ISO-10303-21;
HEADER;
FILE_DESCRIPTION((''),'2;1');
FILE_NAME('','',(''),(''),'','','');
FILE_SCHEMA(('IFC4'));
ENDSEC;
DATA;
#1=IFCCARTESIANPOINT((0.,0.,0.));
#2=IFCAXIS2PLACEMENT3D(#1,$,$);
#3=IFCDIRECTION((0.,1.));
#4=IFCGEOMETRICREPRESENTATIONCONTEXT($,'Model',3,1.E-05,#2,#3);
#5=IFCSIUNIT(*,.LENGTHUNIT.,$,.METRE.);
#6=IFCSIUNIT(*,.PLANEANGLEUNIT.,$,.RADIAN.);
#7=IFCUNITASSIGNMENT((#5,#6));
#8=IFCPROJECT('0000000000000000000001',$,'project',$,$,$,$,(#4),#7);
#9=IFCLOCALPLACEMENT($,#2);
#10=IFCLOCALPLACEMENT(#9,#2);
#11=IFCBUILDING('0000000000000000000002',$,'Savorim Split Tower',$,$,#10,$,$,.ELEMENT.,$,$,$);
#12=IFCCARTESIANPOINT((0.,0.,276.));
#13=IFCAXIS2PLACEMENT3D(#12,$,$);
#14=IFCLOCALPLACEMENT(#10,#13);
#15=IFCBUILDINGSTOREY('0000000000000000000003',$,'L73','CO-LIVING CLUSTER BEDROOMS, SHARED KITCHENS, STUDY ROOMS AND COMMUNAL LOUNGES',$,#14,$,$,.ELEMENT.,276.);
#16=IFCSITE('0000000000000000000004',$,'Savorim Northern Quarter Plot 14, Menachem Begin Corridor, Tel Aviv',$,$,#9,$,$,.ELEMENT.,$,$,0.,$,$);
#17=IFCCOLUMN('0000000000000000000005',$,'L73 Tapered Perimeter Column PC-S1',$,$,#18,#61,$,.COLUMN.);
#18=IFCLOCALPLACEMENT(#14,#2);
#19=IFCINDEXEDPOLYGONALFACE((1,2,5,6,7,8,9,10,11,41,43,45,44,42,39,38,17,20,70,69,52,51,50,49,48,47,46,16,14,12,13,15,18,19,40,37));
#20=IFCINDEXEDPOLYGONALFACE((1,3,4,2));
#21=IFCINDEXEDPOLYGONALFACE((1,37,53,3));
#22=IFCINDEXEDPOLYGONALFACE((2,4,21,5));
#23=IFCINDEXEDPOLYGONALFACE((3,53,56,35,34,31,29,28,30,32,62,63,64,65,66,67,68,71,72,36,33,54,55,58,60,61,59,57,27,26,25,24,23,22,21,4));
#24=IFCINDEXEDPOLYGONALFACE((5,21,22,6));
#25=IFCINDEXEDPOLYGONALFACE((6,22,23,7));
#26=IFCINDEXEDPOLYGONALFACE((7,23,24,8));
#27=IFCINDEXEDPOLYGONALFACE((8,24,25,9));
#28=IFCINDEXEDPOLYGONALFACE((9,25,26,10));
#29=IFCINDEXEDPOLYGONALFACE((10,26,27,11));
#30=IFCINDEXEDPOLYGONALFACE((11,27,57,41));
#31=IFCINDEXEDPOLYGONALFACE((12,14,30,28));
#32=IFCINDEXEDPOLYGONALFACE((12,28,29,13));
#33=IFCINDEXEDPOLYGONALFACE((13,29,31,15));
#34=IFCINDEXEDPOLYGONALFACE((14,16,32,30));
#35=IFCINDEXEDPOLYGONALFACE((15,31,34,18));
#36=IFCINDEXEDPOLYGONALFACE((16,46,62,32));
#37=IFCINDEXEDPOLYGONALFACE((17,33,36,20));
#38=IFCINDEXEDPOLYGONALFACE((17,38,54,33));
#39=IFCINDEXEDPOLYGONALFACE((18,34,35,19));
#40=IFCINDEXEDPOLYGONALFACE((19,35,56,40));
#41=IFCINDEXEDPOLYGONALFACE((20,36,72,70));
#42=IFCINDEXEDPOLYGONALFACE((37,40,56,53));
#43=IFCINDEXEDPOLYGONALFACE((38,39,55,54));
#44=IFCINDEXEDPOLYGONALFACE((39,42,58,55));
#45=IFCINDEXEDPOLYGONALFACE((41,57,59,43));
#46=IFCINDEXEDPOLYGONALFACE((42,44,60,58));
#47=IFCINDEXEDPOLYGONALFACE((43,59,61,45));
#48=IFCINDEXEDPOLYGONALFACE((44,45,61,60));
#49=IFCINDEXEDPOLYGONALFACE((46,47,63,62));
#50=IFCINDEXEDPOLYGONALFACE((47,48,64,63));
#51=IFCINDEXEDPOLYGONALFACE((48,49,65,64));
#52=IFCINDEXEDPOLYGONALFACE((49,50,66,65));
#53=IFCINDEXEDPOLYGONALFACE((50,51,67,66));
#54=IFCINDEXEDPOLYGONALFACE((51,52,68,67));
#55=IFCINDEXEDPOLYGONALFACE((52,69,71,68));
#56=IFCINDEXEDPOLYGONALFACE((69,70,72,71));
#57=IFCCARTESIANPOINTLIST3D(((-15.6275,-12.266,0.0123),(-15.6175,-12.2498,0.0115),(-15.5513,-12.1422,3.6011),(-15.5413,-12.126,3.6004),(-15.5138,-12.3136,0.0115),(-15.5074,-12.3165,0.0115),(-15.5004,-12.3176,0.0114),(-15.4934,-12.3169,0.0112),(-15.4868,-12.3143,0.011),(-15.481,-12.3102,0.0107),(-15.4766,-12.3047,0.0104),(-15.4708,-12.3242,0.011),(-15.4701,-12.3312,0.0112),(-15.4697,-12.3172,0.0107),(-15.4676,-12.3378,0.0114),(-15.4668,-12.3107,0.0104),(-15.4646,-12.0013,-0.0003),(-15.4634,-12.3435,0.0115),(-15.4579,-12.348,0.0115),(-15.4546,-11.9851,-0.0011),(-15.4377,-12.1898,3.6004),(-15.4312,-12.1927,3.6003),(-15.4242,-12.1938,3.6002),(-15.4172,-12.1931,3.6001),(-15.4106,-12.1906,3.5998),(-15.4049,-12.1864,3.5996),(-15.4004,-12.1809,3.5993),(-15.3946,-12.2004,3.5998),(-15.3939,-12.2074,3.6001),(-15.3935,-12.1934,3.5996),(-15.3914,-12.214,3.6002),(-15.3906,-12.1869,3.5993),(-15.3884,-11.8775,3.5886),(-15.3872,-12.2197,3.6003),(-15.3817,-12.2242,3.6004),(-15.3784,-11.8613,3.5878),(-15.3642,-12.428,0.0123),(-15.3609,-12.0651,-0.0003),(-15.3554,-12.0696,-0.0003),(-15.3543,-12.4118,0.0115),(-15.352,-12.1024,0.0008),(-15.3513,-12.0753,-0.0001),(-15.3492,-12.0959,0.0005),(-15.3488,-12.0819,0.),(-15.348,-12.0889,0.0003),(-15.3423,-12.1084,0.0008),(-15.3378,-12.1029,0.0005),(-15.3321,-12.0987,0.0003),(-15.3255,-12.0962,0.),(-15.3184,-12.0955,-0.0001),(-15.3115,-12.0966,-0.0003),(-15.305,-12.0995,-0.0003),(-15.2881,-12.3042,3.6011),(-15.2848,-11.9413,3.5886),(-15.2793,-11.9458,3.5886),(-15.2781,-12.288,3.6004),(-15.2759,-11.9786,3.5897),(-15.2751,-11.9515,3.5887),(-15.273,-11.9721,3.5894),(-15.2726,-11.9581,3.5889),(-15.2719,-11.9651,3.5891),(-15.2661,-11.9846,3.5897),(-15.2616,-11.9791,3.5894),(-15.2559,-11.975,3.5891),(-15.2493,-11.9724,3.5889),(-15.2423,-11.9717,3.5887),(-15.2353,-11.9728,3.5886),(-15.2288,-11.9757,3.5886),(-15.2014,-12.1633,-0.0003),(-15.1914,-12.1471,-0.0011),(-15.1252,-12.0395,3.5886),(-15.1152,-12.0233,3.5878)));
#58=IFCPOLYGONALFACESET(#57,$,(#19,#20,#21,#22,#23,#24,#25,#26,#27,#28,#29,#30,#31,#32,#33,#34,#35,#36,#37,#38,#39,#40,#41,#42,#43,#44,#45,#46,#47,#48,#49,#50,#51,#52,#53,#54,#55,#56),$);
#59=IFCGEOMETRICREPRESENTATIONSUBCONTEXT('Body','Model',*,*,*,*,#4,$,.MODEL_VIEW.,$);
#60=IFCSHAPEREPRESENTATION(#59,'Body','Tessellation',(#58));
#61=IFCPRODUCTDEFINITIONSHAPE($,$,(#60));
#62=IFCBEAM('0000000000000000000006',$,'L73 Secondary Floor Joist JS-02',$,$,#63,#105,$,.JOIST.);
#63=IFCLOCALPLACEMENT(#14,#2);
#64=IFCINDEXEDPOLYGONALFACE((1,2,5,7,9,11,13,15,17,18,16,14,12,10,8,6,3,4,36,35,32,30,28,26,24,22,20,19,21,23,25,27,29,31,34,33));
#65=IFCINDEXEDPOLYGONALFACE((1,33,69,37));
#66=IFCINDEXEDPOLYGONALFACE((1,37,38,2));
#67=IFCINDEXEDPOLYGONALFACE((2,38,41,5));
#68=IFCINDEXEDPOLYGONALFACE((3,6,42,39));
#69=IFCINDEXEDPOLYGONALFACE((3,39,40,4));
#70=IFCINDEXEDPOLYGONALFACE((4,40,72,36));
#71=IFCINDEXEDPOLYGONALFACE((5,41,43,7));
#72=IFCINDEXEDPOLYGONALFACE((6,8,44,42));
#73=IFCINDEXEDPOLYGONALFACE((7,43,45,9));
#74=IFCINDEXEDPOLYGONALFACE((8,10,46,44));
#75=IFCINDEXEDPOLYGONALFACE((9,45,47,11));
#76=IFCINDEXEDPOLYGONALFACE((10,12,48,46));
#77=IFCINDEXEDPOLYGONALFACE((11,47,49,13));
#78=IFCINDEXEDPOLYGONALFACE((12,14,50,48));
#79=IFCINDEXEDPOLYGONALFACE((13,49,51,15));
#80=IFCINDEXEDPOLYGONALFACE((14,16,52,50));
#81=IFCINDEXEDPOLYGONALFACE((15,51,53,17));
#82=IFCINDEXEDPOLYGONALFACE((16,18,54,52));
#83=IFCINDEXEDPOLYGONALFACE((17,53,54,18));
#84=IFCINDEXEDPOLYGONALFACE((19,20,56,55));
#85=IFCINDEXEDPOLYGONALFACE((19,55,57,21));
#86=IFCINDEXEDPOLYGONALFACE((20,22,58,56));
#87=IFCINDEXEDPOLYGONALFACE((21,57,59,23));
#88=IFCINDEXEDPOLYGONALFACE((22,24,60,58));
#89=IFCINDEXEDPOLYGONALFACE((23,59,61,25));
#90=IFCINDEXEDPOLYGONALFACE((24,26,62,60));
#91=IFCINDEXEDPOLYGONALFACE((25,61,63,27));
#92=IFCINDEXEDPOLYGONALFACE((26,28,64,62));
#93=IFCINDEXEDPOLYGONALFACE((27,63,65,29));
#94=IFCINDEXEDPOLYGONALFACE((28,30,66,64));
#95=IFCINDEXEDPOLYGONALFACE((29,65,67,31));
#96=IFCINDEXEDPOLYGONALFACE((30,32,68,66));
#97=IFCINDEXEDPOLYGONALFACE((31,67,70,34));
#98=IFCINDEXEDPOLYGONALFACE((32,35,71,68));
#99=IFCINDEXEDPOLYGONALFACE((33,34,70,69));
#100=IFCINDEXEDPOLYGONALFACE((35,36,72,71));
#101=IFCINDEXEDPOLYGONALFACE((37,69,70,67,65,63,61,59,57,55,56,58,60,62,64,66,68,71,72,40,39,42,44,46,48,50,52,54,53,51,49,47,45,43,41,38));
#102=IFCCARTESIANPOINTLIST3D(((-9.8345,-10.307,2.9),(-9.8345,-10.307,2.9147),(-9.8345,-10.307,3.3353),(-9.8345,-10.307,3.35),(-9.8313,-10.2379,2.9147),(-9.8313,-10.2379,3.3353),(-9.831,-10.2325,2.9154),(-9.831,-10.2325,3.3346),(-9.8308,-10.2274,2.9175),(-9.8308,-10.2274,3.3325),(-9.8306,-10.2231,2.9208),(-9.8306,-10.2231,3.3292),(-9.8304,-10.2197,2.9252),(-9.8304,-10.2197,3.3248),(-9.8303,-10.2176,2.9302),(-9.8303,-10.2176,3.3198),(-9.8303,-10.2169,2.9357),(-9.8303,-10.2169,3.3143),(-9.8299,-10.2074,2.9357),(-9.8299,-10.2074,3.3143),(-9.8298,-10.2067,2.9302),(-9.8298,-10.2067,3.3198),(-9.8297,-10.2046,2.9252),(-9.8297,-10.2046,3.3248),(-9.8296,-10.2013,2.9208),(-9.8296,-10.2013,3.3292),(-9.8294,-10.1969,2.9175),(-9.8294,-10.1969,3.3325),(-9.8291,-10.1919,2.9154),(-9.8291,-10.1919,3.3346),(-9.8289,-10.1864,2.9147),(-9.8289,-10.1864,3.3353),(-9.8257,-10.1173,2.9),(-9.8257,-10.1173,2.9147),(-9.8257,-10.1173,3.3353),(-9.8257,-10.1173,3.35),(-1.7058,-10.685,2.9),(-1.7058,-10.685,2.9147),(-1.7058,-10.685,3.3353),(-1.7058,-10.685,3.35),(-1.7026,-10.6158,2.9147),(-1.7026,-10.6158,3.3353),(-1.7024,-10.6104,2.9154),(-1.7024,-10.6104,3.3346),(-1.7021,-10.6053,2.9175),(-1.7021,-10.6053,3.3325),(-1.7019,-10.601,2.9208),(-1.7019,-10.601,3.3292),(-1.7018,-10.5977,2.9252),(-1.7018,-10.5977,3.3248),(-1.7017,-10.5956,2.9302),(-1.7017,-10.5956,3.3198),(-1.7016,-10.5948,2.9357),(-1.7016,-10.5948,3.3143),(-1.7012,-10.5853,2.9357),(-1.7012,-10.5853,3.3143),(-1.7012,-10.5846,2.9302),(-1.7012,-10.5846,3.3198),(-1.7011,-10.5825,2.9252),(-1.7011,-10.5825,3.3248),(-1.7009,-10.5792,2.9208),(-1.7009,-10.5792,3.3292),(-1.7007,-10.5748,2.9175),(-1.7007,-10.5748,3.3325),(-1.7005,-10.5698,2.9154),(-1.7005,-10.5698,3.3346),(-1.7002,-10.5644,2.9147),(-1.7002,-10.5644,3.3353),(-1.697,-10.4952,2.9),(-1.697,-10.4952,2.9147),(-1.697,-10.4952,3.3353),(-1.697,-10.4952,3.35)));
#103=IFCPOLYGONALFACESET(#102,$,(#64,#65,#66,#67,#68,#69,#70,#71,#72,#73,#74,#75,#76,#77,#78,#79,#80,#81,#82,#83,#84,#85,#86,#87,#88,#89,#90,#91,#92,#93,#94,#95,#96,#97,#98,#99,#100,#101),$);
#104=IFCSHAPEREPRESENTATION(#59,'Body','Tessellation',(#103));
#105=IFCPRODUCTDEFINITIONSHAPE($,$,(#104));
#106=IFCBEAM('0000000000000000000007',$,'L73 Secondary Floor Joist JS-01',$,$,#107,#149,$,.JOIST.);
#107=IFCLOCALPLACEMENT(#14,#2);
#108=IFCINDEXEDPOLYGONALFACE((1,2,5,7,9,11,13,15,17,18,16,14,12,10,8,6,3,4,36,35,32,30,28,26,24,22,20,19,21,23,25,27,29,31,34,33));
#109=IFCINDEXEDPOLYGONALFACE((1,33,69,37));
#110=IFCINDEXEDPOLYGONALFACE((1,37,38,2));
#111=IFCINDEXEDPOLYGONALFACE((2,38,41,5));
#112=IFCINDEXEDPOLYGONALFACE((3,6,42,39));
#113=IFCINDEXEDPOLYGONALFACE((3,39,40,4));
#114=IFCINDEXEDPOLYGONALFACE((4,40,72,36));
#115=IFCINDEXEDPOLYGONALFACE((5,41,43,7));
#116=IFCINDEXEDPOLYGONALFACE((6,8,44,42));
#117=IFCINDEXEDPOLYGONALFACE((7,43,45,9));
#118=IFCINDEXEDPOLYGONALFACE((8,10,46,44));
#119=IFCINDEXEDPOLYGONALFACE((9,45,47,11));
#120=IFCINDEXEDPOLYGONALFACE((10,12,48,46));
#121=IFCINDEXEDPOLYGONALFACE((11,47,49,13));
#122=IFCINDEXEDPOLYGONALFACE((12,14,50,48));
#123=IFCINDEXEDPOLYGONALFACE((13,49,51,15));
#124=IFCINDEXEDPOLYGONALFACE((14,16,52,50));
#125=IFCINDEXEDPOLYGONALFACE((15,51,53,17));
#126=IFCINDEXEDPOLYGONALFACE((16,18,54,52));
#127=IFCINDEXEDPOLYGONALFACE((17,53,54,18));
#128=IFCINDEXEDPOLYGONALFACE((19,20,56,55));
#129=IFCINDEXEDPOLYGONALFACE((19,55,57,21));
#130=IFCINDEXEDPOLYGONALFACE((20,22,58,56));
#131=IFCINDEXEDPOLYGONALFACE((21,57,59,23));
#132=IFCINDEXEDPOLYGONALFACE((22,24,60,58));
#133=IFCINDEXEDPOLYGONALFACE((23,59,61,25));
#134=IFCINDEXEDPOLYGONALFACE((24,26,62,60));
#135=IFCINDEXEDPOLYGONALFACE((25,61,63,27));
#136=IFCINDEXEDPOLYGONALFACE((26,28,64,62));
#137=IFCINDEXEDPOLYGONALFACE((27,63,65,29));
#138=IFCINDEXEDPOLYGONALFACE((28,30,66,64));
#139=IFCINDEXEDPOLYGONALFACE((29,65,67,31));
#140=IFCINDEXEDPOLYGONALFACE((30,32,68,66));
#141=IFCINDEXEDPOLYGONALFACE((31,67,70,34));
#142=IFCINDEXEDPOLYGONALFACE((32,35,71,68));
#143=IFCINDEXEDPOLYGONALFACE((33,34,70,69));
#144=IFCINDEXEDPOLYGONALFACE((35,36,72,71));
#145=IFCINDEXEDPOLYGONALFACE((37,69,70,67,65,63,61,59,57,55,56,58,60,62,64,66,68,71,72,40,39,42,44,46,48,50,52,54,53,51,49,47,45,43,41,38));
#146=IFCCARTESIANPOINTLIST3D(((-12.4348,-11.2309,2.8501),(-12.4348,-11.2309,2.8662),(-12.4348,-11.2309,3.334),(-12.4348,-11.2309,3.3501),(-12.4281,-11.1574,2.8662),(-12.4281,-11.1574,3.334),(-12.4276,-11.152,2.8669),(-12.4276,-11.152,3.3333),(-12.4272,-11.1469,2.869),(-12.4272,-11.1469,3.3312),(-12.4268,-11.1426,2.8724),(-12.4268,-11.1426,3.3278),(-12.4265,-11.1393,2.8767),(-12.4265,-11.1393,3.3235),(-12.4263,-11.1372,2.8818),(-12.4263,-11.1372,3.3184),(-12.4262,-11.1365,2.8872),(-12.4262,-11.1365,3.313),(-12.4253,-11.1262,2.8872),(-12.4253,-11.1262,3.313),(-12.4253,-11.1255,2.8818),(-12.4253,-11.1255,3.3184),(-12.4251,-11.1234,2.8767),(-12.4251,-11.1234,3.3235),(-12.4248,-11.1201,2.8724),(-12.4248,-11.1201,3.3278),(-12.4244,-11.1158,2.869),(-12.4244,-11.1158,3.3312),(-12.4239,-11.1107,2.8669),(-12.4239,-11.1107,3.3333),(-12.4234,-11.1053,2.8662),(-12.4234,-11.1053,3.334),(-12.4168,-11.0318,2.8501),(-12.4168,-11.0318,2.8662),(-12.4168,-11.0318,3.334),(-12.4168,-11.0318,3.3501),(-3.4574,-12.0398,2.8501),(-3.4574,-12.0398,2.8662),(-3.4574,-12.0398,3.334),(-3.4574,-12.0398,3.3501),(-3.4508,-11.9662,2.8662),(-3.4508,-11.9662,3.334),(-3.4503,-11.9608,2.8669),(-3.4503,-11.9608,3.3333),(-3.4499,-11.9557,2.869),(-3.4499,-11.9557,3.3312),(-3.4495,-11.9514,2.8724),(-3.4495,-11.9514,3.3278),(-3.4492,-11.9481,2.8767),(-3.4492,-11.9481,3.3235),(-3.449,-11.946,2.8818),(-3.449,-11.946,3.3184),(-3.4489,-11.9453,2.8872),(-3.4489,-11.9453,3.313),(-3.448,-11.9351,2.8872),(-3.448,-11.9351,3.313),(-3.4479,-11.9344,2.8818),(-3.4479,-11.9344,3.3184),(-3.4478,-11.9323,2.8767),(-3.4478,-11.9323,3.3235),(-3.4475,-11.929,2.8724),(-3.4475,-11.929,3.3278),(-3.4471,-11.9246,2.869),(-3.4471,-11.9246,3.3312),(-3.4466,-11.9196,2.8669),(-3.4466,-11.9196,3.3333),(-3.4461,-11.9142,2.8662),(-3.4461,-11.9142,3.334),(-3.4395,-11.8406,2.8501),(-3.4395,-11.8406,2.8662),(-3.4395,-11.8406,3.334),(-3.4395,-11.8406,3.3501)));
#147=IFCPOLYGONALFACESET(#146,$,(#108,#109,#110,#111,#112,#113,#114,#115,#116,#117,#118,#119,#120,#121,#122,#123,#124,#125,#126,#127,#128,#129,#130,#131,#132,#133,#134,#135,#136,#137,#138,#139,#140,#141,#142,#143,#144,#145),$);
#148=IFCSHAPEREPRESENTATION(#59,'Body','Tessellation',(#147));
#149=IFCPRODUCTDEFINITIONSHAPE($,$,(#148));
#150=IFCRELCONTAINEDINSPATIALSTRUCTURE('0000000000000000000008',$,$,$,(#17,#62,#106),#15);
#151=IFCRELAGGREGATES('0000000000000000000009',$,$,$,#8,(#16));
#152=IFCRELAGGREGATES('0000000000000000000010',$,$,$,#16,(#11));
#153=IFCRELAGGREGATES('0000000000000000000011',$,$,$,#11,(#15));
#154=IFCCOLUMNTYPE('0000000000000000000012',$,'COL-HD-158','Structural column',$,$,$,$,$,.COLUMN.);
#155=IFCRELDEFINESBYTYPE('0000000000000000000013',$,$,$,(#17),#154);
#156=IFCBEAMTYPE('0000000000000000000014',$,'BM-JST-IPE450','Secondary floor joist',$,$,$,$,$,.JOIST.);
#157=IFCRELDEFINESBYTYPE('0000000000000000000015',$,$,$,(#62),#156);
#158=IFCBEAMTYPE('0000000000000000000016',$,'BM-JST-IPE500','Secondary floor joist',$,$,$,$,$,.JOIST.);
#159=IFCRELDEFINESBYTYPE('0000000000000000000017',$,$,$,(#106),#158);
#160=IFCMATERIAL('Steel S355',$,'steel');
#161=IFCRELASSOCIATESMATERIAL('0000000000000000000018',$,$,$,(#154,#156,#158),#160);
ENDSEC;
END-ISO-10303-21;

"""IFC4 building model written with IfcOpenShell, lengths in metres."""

from ifc_helpers import new_model, si_unit, direction, frame, origin, origin_2d, place, context, subcontext, project, spatial, i_section, extrude, material, material_profile, profile_set, type_object, element, save


model = new_model("IFC4")

# Units and contexts
model_context = context("Model", 3, precision=1e-05, world=origin(), true_north=direction((0.0, 1.0)))
body_context = subcontext(model_context, "Body", "Model", "MODEL_VIEW")
ifc_project = project(units=[si_unit("LENGTHUNIT", "METRE"), si_unit("PLANEANGLEUNIT", "RADIAN")], contexts=[model_context])

# Site, building, storey
site_placement = place(None, origin())
site = spatial("IfcSite", under=ifc_project, at=site_placement, Name="Savorim Northern Quarter Plot 14, Menachem Begin Corridor, Tel Aviv", CompositionType="ELEMENT", RefElevation=0.0)
building_placement = place(site_placement, origin())
building = spatial("IfcBuilding", under=site, at=building_placement, Name="Savorim Split Tower", CompositionType="ELEMENT")
storey_placement = place(building_placement, frame((0.0, 0.0, 276.0)))
storey = spatial("IfcBuildingStorey", under=building, at=storey_placement, Name="L73", Description="CO-LIVING CLUSTER BEDROOMS, SHARED KITCHENS, STUDY ROOMS AND COMMUNAL LOUNGES", CompositionType="ELEMENT", Elevation=276.0)

# Column
ifc_material_1 = material(Name="Steel S355", Category="steel")
ifc_material_profile_1 = material_profile(ifc_material_1, i_section(OverallWidth=0.3091, OverallDepth=0.3301, WebThickness=0.0115, FlangeThickness=0.019, FilletRadius=0.0271, at=origin_2d()), Name="HD 320x158")
ifc_profile_set_1 = profile_set([ifc_material_profile_1], Name="Steel S355")
column_type = type_object("IfcColumnType", Name="COL-HD-158", Description="Structural column", PredefinedType="COLUMN", material=ifc_profile_set_1)
column_placement = place(storey_placement, frame((-15.4094, -12.2065, 0.0056), z_axis=(0.021207, 0.034462, 0.999181), x_axis=(-0.851658, 0.524097, 0.0)))
element("IfcColumn", 1, at=column_placement, inside=storey, type_object=column_type, Name="L73 Tapered Perimeter Column PC-S1", PredefinedType="COLUMN", context=body_context, shape_type="SweptSolid", body=[
    extrude(i_section(OverallWidth=0.3091, OverallDepth=0.3301, WebThickness=0.0115, FlangeThickness=0.019, FilletRadius=0.0271, at=origin_2d()), origin(), (0.0, 0.0, 1.0), 3.5918),
])

# Beams
ifc_material_profile_2 = material_profile(ifc_material_1, i_section(OverallWidth=0.1899, OverallDepth=0.45, WebThickness=0.0095, FlangeThickness=0.0146, FilletRadius=0.021, at=origin_2d()), Name="IPE 450")
ifc_profile_set_2 = profile_set([ifc_material_profile_2], Name="Steel S355")
beam_type_1 = type_object("IfcBeamType", Name="BM-JST-IPE450", Description="Secondary floor joist", PredefinedType="JOIST", material=ifc_profile_set_2)
beam_1_placement = place(storey_placement, frame((-9.8301, -10.2122, 3.125), z_axis=(0.998921, -0.046443, 0.0), x_axis=(0.046443, 0.998921, 0.0)))
element("IfcBeam", 2, at=beam_1_placement, inside=storey, type_object=beam_type_1, Name="L73 Secondary Floor Joist JS-02", PredefinedType="JOIST", context=body_context, shape_type="SweptSolid", body=[
    extrude(i_section(OverallWidth=0.1899, OverallDepth=0.45, WebThickness=0.0095, FlangeThickness=0.0146, FilletRadius=0.021, at=origin_2d()), origin(), (0.0, 0.0, 1.0), 8.1375),
])
ifc_material_profile_3 = material_profile(ifc_material_1, i_section(OverallWidth=0.2, OverallDepth=0.5, WebThickness=0.0103, FlangeThickness=0.0161, FilletRadius=0.021, at=origin_2d()), Name="IPE 500")
ifc_profile_set_3 = profile_set([ifc_material_profile_3], Name="Steel S355")
beam_type_2 = type_object("IfcBeamType", Name="BM-JST-IPE500", Description="Secondary floor joist", PredefinedType="JOIST", material=ifc_profile_set_3)
beam_2_placement = place(storey_placement, frame((-12.4258, -11.1313, 3.1001), z_axis=(0.995966, -0.089735, 0.0), x_axis=(0.089735, 0.995966, 0.0)))
element("IfcBeam", 3, at=beam_2_placement, inside=storey, type_object=beam_type_2, Name="L73 Secondary Floor Joist JS-01", PredefinedType="JOIST", context=body_context, shape_type="SweptSolid", body=[
    extrude(i_section(OverallWidth=0.2, OverallDepth=0.5, WebThickness=0.0103, FlangeThickness=0.0161, FilletRadius=0.021, at=origin_2d()), origin(), (0.0, 0.0, 1.0), 9.0137),
])

save(model, "model.ifc")
